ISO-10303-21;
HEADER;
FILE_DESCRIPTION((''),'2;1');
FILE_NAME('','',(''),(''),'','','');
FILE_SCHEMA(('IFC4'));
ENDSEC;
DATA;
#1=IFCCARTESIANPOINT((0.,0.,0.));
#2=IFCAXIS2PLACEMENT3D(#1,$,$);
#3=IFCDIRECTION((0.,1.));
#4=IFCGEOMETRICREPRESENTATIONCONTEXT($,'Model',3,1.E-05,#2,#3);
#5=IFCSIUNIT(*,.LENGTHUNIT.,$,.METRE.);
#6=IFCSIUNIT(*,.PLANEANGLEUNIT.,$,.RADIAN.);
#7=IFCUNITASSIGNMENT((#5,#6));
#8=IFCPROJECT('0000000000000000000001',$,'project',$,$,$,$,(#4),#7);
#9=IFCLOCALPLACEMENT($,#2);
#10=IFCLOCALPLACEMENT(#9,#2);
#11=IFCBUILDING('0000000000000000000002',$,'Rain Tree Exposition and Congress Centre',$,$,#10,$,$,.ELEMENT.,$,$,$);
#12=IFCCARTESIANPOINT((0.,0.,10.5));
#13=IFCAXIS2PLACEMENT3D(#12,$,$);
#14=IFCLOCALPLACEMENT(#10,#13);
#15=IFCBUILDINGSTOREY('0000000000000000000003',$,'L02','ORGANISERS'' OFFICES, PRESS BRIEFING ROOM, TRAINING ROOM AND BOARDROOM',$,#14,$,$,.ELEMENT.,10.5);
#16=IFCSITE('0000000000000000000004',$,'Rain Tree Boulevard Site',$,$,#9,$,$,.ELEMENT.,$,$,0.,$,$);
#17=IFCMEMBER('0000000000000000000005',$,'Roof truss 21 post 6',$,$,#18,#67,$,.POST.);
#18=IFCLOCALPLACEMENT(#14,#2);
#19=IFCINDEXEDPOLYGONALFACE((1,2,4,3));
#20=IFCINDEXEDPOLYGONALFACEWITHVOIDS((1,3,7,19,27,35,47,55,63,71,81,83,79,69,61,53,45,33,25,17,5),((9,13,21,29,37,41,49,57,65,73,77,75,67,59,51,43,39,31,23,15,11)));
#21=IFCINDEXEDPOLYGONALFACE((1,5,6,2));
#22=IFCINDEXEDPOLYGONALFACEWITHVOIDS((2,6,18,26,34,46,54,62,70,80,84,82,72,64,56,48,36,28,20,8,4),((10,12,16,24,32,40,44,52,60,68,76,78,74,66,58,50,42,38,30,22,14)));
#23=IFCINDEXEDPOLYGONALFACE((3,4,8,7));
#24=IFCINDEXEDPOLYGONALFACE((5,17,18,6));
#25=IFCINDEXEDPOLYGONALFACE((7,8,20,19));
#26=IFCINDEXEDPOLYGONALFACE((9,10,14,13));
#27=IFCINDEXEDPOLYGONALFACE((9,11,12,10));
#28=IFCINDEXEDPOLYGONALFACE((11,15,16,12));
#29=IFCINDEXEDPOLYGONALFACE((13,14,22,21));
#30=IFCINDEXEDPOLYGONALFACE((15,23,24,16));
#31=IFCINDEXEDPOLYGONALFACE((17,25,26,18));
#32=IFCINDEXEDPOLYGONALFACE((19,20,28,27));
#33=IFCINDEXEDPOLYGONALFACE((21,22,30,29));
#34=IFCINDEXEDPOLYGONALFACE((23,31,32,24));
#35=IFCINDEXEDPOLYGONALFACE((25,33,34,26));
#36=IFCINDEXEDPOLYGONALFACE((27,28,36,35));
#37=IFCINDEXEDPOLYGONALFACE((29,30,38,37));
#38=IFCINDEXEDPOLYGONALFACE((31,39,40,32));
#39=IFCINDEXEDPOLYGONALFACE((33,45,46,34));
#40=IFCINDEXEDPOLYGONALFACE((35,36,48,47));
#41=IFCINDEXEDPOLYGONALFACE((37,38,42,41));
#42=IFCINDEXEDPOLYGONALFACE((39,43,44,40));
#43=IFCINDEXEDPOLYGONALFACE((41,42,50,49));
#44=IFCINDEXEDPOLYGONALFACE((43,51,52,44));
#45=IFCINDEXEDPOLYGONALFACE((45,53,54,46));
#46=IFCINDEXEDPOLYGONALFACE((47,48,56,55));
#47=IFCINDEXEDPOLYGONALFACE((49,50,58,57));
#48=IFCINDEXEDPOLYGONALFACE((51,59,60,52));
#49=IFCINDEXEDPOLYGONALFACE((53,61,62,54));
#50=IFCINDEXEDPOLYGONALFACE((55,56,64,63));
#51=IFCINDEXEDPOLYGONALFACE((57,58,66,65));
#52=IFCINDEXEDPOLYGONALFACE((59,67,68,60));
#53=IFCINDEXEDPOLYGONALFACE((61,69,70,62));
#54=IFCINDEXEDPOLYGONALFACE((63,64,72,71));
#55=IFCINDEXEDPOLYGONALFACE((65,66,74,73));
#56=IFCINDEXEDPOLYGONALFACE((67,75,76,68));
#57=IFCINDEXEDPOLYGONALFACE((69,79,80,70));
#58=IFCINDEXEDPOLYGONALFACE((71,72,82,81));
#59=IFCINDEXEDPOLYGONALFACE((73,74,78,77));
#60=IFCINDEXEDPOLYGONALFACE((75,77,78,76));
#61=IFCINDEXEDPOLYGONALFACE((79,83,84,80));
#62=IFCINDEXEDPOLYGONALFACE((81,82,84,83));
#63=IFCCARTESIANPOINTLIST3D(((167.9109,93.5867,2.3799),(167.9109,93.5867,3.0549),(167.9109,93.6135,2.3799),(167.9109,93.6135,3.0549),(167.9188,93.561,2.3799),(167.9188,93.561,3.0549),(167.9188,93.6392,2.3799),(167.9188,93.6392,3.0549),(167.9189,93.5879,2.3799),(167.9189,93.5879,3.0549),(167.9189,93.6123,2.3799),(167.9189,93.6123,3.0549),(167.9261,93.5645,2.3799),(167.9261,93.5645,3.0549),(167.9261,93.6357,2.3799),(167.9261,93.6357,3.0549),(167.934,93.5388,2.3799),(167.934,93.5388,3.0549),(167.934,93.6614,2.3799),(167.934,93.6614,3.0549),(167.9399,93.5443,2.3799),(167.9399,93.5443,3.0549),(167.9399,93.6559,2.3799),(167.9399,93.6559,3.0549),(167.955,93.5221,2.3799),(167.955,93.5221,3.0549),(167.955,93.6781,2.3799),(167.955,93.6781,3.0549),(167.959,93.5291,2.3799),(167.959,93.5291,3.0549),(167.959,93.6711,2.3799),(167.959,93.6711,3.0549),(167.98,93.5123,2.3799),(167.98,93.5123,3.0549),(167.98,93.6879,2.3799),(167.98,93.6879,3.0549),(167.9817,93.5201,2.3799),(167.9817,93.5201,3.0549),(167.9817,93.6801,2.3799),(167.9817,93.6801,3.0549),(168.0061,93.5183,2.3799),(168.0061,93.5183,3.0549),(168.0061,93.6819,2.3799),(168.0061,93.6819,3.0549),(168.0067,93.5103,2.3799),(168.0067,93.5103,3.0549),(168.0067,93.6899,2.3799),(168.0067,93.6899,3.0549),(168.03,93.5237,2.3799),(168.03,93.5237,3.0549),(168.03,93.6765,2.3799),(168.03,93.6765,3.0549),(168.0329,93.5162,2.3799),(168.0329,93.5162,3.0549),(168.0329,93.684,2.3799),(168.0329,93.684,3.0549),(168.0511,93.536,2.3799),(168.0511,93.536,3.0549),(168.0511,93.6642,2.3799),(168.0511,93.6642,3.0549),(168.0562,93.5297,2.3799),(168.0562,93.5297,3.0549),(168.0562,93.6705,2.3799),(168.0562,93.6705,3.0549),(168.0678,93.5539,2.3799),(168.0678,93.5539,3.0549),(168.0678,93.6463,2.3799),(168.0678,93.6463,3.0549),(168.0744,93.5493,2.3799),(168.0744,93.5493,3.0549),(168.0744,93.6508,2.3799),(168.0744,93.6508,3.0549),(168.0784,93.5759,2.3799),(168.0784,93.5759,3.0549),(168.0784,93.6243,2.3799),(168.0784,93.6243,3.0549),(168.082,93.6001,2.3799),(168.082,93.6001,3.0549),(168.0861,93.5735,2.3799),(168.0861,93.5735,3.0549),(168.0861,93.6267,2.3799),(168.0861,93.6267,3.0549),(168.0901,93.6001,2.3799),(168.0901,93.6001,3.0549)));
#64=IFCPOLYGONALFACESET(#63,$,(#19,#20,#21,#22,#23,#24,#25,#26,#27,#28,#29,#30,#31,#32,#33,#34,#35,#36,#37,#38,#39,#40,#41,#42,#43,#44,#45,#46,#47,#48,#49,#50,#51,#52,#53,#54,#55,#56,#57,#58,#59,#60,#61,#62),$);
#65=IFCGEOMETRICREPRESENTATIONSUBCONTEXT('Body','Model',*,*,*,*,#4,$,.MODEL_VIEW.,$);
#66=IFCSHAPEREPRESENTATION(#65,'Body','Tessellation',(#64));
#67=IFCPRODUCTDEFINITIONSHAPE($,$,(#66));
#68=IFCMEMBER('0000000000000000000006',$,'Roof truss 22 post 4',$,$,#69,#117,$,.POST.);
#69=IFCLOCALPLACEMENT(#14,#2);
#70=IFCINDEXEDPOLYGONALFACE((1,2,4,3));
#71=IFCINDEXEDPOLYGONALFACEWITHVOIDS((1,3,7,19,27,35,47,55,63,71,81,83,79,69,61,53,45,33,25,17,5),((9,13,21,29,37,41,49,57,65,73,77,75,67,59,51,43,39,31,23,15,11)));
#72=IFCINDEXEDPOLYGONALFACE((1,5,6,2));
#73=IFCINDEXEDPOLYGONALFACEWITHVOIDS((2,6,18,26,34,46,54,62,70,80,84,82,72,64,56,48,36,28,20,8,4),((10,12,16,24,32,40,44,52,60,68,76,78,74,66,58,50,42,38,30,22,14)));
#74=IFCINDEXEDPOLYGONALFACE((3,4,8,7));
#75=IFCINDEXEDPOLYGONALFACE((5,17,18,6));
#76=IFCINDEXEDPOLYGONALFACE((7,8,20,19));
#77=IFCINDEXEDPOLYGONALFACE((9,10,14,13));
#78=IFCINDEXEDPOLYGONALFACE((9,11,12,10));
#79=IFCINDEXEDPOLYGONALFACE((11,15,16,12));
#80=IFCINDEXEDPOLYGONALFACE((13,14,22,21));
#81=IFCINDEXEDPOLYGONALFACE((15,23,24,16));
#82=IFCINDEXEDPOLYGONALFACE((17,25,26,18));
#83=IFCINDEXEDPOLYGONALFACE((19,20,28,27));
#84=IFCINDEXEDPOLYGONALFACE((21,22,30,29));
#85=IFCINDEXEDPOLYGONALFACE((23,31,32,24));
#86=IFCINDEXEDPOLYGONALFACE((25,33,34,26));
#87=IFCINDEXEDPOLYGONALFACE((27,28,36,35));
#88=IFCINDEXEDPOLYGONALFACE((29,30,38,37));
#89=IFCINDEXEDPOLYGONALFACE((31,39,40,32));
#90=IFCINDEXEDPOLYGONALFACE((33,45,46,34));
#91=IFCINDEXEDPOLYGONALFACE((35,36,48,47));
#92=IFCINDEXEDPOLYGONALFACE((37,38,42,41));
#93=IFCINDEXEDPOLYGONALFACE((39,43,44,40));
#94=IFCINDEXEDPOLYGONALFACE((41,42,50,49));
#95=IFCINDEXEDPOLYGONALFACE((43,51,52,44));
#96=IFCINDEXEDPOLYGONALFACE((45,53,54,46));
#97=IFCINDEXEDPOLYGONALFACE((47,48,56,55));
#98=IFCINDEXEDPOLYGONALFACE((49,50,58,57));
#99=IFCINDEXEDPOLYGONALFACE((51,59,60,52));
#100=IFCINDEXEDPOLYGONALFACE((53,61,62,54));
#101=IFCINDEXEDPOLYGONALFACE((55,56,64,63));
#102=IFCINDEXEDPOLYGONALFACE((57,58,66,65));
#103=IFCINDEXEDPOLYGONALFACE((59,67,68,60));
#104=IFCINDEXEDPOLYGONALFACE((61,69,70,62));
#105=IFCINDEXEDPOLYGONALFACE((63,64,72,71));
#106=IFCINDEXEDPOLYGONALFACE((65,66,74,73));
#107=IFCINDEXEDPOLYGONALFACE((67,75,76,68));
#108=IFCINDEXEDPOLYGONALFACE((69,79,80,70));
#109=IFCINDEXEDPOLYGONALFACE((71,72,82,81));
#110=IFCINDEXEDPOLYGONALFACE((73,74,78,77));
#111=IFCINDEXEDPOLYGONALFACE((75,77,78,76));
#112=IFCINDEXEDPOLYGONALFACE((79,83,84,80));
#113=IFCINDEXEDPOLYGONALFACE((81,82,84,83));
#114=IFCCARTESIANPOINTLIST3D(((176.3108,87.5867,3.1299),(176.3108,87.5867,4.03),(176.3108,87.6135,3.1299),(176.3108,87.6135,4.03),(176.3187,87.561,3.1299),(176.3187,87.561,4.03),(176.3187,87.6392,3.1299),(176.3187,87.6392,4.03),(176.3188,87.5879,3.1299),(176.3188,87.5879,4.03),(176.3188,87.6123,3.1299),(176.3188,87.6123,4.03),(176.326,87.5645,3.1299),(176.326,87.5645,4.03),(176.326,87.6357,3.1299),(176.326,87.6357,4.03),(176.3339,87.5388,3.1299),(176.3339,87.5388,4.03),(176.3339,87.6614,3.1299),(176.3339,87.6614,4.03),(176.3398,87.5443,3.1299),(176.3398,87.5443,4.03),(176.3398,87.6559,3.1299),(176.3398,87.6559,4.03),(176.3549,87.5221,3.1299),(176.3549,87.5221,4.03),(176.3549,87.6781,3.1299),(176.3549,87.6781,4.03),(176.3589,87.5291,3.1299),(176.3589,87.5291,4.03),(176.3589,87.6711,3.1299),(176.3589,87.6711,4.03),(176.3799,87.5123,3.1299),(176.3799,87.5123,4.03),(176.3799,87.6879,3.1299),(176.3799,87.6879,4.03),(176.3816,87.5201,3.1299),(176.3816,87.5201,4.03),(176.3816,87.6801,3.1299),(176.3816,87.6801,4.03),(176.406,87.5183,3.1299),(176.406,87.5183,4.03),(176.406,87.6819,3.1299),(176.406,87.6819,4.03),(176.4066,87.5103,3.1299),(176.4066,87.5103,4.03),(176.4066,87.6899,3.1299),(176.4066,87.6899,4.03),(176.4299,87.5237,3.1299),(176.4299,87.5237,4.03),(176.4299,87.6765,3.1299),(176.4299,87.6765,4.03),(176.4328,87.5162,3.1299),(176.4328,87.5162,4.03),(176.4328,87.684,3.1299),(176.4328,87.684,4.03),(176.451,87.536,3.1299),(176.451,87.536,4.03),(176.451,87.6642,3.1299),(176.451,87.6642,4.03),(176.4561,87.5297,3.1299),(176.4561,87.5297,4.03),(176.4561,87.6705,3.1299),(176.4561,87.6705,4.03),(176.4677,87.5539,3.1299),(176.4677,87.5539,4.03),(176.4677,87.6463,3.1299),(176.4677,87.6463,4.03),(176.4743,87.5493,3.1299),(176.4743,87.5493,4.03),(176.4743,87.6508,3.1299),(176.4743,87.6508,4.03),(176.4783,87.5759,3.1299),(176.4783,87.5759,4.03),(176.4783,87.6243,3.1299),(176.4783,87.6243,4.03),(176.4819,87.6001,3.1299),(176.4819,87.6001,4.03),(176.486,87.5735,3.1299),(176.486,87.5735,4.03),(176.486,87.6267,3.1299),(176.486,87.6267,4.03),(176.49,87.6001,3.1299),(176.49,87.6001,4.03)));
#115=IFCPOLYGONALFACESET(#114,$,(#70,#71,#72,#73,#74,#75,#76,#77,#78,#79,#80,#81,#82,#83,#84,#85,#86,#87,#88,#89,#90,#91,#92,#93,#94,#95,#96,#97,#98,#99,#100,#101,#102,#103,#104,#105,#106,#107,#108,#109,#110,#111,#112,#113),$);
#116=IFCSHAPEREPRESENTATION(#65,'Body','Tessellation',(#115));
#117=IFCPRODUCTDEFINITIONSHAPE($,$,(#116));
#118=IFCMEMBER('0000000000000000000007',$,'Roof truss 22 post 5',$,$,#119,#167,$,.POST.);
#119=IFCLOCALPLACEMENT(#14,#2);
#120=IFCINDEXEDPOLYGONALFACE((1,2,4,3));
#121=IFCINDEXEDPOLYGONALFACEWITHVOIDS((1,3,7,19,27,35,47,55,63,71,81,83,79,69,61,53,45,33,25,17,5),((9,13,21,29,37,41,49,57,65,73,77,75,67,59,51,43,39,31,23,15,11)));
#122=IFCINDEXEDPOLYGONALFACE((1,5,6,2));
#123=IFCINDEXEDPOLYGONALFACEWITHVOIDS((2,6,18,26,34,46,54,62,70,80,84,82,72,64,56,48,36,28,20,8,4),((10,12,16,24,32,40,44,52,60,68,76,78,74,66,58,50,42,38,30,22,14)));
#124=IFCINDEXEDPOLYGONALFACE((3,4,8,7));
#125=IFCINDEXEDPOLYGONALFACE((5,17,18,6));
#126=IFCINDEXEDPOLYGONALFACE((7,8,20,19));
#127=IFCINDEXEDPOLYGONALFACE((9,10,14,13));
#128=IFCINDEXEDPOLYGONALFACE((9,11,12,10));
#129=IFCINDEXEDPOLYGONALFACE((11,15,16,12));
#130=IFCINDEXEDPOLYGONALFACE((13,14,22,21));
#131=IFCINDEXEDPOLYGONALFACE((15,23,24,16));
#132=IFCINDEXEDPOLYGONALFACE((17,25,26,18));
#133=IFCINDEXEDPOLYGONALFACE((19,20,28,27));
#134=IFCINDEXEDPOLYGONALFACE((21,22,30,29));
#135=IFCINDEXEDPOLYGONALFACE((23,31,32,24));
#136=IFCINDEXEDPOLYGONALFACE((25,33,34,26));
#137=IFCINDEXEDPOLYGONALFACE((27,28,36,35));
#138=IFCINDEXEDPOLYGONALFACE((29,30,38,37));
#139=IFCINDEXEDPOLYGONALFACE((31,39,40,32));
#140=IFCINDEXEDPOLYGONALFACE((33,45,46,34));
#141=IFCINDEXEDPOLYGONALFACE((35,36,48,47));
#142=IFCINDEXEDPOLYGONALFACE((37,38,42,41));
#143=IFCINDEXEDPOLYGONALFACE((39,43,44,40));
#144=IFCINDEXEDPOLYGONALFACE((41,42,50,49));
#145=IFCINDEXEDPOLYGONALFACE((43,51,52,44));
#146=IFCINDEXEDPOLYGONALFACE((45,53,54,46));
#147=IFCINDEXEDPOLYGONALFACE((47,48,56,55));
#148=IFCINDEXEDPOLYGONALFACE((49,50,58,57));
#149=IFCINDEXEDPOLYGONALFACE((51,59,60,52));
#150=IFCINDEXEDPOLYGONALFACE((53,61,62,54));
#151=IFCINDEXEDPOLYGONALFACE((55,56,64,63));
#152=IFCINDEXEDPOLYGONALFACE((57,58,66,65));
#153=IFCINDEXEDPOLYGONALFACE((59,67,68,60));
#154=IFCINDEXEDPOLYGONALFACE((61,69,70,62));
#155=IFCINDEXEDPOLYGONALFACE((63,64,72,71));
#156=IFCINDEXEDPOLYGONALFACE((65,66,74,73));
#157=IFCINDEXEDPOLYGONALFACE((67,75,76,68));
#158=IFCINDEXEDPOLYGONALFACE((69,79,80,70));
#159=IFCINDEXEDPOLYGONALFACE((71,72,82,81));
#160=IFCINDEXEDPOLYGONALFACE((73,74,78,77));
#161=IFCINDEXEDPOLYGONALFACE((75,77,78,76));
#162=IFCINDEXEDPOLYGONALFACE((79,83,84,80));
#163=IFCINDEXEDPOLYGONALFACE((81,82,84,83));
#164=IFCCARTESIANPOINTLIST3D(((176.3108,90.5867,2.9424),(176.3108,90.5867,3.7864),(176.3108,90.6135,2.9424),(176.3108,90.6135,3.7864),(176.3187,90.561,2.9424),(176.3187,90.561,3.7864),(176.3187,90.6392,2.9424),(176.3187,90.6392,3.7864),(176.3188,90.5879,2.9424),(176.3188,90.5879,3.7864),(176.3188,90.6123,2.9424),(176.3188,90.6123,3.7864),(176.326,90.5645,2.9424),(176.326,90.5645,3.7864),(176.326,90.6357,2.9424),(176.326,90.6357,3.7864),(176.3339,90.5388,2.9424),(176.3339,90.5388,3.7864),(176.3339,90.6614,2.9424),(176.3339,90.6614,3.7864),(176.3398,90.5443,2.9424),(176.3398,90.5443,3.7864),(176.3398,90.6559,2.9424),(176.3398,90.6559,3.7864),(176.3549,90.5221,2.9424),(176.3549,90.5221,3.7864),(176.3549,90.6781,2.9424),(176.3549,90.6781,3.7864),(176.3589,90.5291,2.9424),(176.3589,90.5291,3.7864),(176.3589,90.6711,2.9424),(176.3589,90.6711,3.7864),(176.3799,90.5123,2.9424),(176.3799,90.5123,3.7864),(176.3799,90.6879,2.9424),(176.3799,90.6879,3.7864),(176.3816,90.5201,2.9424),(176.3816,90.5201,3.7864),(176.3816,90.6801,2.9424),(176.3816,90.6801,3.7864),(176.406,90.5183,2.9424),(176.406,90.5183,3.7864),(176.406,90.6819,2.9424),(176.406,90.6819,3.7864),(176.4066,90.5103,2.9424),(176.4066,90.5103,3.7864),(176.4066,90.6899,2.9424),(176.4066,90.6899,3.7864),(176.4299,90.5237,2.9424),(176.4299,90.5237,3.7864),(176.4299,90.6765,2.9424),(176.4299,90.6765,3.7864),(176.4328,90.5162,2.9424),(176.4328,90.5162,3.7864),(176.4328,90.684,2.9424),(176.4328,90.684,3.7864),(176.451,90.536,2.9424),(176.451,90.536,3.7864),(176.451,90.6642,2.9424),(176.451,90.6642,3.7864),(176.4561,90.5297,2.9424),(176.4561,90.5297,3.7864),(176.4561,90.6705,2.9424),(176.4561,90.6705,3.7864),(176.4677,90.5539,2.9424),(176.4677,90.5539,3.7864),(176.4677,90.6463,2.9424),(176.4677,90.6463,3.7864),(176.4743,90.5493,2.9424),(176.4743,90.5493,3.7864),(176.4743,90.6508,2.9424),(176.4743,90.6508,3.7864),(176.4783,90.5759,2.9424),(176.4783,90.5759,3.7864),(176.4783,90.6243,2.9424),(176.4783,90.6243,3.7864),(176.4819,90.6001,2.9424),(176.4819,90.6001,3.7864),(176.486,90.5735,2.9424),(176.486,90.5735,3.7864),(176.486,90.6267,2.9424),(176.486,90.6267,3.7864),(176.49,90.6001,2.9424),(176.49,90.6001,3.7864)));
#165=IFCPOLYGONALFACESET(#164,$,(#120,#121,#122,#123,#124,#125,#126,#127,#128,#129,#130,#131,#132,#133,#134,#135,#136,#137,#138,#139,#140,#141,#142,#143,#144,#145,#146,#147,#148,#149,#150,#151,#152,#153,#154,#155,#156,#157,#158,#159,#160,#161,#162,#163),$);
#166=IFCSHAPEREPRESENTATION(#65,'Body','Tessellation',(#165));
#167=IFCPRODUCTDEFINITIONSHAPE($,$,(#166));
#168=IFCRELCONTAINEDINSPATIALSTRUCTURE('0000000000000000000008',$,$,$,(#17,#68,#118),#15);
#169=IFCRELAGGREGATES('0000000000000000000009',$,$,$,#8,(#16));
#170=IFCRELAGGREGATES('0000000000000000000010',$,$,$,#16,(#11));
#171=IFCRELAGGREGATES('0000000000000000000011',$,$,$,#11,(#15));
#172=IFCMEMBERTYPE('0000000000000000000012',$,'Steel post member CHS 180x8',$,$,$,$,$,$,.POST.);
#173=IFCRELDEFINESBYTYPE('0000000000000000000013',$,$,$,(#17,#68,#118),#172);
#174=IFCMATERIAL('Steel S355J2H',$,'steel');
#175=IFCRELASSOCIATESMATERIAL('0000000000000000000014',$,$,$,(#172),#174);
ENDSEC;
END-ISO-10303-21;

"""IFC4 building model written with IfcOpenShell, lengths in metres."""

from ifc_helpers import new_model, si_unit, direction, frame, origin, origin_2d, place, context, subcontext, project, spatial, hollow_circle, extrude, material, material_profile, profile_set, type_object, element, save


model = new_model("IFC4")

# Units and contexts
model_context = context("Model", 3, precision=1e-05, world=origin(), true_north=direction((0.0, 1.0)))
body_context = subcontext(model_context, "Body", "Model", "MODEL_VIEW")
ifc_project = project(units=[si_unit("LENGTHUNIT", "METRE"), si_unit("PLANEANGLEUNIT", "RADIAN")], contexts=[model_context])

# Site, building, storey
site_placement = place(None, origin())
site = spatial("IfcSite", under=ifc_project, at=site_placement, Name="Rain Tree Boulevard Site", CompositionType="ELEMENT", RefElevation=0.0)
building_placement = place(site_placement, origin())
building = spatial("IfcBuilding", under=site, at=building_placement, Name="Rain Tree Exposition and Congress Centre", CompositionType="ELEMENT")
storey_placement = place(building_placement, frame((0.0, 0.0, 10.5)))
storey = spatial("IfcBuildingStorey", under=building, at=storey_placement, Name="L02", Description="ORGANISERS' OFFICES, PRESS BRIEFING ROOM, TRAINING ROOM AND BOARDROOM", CompositionType="ELEMENT", Elevation=10.5)

# Members
ifc_material_1 = material(Name="Steel S355J2H", Category="steel")
ifc_material_profile_1 = material_profile(ifc_material_1, hollow_circle(Radius=0.0901, WallThickness=0.0081, at=origin_2d()), Name="CHS 180x8")
ifc_profile_set_1 = profile_set([ifc_material_profile_1], Name="Steel S355J2H")
member_type_1 = type_object("IfcMemberType", Name="Steel post member CHS 180x8", PredefinedType="POST", material=ifc_profile_set_1)
member_1_placement = place(storey_placement, frame((168.0, 93.6001, 2.3799), z_axis=(0.0, 0.0, 1.0), x_axis=(1.0, 0.0, 0.0)))
element("IfcMember", 1, at=member_1_placement, inside=storey, type_object=member_type_1, Name="Roof truss 21 post 6", PredefinedType="POST", context=body_context, shape_type="SweptSolid", body=[
    extrude(hollow_circle(Radius=0.0901, WallThickness=0.0081, at=origin_2d()), origin(), (0.0, 0.0, 1.0), 0.675),
])
member_2_placement = place(storey_placement, frame((176.3999, 87.6001, 3.1299), z_axis=(0.0, 0.0, 1.0), x_axis=(1.0, 0.0, 0.0)))
element("IfcMember", 2, at=member_2_placement, inside=storey, type_object=member_type_1, Name="Roof truss 22 post 4", PredefinedType="POST", context=body_context, shape_type="SweptSolid", body=[
    extrude(hollow_circle(Radius=0.0901, WallThickness=0.0081, at=origin_2d()), origin(), (0.0, 0.0, 1.0), 0.9001),
])
member_3_placement = place(storey_placement, frame((176.3999, 90.6001, 2.9424), z_axis=(0.0, 0.0, 1.0), x_axis=(1.0, 0.0, 0.0)))
element("IfcMember", 3, at=member_3_placement, inside=storey, type_object=member_type_1, Name="Roof truss 22 post 5", PredefinedType="POST", context=body_context, shape_type="SweptSolid", body=[
    extrude(hollow_circle(Radius=0.0901, WallThickness=0.0081, at=origin_2d()), origin(), (0.0, 0.0, 1.0), 0.844),
])

save(model, "model.ifc")
